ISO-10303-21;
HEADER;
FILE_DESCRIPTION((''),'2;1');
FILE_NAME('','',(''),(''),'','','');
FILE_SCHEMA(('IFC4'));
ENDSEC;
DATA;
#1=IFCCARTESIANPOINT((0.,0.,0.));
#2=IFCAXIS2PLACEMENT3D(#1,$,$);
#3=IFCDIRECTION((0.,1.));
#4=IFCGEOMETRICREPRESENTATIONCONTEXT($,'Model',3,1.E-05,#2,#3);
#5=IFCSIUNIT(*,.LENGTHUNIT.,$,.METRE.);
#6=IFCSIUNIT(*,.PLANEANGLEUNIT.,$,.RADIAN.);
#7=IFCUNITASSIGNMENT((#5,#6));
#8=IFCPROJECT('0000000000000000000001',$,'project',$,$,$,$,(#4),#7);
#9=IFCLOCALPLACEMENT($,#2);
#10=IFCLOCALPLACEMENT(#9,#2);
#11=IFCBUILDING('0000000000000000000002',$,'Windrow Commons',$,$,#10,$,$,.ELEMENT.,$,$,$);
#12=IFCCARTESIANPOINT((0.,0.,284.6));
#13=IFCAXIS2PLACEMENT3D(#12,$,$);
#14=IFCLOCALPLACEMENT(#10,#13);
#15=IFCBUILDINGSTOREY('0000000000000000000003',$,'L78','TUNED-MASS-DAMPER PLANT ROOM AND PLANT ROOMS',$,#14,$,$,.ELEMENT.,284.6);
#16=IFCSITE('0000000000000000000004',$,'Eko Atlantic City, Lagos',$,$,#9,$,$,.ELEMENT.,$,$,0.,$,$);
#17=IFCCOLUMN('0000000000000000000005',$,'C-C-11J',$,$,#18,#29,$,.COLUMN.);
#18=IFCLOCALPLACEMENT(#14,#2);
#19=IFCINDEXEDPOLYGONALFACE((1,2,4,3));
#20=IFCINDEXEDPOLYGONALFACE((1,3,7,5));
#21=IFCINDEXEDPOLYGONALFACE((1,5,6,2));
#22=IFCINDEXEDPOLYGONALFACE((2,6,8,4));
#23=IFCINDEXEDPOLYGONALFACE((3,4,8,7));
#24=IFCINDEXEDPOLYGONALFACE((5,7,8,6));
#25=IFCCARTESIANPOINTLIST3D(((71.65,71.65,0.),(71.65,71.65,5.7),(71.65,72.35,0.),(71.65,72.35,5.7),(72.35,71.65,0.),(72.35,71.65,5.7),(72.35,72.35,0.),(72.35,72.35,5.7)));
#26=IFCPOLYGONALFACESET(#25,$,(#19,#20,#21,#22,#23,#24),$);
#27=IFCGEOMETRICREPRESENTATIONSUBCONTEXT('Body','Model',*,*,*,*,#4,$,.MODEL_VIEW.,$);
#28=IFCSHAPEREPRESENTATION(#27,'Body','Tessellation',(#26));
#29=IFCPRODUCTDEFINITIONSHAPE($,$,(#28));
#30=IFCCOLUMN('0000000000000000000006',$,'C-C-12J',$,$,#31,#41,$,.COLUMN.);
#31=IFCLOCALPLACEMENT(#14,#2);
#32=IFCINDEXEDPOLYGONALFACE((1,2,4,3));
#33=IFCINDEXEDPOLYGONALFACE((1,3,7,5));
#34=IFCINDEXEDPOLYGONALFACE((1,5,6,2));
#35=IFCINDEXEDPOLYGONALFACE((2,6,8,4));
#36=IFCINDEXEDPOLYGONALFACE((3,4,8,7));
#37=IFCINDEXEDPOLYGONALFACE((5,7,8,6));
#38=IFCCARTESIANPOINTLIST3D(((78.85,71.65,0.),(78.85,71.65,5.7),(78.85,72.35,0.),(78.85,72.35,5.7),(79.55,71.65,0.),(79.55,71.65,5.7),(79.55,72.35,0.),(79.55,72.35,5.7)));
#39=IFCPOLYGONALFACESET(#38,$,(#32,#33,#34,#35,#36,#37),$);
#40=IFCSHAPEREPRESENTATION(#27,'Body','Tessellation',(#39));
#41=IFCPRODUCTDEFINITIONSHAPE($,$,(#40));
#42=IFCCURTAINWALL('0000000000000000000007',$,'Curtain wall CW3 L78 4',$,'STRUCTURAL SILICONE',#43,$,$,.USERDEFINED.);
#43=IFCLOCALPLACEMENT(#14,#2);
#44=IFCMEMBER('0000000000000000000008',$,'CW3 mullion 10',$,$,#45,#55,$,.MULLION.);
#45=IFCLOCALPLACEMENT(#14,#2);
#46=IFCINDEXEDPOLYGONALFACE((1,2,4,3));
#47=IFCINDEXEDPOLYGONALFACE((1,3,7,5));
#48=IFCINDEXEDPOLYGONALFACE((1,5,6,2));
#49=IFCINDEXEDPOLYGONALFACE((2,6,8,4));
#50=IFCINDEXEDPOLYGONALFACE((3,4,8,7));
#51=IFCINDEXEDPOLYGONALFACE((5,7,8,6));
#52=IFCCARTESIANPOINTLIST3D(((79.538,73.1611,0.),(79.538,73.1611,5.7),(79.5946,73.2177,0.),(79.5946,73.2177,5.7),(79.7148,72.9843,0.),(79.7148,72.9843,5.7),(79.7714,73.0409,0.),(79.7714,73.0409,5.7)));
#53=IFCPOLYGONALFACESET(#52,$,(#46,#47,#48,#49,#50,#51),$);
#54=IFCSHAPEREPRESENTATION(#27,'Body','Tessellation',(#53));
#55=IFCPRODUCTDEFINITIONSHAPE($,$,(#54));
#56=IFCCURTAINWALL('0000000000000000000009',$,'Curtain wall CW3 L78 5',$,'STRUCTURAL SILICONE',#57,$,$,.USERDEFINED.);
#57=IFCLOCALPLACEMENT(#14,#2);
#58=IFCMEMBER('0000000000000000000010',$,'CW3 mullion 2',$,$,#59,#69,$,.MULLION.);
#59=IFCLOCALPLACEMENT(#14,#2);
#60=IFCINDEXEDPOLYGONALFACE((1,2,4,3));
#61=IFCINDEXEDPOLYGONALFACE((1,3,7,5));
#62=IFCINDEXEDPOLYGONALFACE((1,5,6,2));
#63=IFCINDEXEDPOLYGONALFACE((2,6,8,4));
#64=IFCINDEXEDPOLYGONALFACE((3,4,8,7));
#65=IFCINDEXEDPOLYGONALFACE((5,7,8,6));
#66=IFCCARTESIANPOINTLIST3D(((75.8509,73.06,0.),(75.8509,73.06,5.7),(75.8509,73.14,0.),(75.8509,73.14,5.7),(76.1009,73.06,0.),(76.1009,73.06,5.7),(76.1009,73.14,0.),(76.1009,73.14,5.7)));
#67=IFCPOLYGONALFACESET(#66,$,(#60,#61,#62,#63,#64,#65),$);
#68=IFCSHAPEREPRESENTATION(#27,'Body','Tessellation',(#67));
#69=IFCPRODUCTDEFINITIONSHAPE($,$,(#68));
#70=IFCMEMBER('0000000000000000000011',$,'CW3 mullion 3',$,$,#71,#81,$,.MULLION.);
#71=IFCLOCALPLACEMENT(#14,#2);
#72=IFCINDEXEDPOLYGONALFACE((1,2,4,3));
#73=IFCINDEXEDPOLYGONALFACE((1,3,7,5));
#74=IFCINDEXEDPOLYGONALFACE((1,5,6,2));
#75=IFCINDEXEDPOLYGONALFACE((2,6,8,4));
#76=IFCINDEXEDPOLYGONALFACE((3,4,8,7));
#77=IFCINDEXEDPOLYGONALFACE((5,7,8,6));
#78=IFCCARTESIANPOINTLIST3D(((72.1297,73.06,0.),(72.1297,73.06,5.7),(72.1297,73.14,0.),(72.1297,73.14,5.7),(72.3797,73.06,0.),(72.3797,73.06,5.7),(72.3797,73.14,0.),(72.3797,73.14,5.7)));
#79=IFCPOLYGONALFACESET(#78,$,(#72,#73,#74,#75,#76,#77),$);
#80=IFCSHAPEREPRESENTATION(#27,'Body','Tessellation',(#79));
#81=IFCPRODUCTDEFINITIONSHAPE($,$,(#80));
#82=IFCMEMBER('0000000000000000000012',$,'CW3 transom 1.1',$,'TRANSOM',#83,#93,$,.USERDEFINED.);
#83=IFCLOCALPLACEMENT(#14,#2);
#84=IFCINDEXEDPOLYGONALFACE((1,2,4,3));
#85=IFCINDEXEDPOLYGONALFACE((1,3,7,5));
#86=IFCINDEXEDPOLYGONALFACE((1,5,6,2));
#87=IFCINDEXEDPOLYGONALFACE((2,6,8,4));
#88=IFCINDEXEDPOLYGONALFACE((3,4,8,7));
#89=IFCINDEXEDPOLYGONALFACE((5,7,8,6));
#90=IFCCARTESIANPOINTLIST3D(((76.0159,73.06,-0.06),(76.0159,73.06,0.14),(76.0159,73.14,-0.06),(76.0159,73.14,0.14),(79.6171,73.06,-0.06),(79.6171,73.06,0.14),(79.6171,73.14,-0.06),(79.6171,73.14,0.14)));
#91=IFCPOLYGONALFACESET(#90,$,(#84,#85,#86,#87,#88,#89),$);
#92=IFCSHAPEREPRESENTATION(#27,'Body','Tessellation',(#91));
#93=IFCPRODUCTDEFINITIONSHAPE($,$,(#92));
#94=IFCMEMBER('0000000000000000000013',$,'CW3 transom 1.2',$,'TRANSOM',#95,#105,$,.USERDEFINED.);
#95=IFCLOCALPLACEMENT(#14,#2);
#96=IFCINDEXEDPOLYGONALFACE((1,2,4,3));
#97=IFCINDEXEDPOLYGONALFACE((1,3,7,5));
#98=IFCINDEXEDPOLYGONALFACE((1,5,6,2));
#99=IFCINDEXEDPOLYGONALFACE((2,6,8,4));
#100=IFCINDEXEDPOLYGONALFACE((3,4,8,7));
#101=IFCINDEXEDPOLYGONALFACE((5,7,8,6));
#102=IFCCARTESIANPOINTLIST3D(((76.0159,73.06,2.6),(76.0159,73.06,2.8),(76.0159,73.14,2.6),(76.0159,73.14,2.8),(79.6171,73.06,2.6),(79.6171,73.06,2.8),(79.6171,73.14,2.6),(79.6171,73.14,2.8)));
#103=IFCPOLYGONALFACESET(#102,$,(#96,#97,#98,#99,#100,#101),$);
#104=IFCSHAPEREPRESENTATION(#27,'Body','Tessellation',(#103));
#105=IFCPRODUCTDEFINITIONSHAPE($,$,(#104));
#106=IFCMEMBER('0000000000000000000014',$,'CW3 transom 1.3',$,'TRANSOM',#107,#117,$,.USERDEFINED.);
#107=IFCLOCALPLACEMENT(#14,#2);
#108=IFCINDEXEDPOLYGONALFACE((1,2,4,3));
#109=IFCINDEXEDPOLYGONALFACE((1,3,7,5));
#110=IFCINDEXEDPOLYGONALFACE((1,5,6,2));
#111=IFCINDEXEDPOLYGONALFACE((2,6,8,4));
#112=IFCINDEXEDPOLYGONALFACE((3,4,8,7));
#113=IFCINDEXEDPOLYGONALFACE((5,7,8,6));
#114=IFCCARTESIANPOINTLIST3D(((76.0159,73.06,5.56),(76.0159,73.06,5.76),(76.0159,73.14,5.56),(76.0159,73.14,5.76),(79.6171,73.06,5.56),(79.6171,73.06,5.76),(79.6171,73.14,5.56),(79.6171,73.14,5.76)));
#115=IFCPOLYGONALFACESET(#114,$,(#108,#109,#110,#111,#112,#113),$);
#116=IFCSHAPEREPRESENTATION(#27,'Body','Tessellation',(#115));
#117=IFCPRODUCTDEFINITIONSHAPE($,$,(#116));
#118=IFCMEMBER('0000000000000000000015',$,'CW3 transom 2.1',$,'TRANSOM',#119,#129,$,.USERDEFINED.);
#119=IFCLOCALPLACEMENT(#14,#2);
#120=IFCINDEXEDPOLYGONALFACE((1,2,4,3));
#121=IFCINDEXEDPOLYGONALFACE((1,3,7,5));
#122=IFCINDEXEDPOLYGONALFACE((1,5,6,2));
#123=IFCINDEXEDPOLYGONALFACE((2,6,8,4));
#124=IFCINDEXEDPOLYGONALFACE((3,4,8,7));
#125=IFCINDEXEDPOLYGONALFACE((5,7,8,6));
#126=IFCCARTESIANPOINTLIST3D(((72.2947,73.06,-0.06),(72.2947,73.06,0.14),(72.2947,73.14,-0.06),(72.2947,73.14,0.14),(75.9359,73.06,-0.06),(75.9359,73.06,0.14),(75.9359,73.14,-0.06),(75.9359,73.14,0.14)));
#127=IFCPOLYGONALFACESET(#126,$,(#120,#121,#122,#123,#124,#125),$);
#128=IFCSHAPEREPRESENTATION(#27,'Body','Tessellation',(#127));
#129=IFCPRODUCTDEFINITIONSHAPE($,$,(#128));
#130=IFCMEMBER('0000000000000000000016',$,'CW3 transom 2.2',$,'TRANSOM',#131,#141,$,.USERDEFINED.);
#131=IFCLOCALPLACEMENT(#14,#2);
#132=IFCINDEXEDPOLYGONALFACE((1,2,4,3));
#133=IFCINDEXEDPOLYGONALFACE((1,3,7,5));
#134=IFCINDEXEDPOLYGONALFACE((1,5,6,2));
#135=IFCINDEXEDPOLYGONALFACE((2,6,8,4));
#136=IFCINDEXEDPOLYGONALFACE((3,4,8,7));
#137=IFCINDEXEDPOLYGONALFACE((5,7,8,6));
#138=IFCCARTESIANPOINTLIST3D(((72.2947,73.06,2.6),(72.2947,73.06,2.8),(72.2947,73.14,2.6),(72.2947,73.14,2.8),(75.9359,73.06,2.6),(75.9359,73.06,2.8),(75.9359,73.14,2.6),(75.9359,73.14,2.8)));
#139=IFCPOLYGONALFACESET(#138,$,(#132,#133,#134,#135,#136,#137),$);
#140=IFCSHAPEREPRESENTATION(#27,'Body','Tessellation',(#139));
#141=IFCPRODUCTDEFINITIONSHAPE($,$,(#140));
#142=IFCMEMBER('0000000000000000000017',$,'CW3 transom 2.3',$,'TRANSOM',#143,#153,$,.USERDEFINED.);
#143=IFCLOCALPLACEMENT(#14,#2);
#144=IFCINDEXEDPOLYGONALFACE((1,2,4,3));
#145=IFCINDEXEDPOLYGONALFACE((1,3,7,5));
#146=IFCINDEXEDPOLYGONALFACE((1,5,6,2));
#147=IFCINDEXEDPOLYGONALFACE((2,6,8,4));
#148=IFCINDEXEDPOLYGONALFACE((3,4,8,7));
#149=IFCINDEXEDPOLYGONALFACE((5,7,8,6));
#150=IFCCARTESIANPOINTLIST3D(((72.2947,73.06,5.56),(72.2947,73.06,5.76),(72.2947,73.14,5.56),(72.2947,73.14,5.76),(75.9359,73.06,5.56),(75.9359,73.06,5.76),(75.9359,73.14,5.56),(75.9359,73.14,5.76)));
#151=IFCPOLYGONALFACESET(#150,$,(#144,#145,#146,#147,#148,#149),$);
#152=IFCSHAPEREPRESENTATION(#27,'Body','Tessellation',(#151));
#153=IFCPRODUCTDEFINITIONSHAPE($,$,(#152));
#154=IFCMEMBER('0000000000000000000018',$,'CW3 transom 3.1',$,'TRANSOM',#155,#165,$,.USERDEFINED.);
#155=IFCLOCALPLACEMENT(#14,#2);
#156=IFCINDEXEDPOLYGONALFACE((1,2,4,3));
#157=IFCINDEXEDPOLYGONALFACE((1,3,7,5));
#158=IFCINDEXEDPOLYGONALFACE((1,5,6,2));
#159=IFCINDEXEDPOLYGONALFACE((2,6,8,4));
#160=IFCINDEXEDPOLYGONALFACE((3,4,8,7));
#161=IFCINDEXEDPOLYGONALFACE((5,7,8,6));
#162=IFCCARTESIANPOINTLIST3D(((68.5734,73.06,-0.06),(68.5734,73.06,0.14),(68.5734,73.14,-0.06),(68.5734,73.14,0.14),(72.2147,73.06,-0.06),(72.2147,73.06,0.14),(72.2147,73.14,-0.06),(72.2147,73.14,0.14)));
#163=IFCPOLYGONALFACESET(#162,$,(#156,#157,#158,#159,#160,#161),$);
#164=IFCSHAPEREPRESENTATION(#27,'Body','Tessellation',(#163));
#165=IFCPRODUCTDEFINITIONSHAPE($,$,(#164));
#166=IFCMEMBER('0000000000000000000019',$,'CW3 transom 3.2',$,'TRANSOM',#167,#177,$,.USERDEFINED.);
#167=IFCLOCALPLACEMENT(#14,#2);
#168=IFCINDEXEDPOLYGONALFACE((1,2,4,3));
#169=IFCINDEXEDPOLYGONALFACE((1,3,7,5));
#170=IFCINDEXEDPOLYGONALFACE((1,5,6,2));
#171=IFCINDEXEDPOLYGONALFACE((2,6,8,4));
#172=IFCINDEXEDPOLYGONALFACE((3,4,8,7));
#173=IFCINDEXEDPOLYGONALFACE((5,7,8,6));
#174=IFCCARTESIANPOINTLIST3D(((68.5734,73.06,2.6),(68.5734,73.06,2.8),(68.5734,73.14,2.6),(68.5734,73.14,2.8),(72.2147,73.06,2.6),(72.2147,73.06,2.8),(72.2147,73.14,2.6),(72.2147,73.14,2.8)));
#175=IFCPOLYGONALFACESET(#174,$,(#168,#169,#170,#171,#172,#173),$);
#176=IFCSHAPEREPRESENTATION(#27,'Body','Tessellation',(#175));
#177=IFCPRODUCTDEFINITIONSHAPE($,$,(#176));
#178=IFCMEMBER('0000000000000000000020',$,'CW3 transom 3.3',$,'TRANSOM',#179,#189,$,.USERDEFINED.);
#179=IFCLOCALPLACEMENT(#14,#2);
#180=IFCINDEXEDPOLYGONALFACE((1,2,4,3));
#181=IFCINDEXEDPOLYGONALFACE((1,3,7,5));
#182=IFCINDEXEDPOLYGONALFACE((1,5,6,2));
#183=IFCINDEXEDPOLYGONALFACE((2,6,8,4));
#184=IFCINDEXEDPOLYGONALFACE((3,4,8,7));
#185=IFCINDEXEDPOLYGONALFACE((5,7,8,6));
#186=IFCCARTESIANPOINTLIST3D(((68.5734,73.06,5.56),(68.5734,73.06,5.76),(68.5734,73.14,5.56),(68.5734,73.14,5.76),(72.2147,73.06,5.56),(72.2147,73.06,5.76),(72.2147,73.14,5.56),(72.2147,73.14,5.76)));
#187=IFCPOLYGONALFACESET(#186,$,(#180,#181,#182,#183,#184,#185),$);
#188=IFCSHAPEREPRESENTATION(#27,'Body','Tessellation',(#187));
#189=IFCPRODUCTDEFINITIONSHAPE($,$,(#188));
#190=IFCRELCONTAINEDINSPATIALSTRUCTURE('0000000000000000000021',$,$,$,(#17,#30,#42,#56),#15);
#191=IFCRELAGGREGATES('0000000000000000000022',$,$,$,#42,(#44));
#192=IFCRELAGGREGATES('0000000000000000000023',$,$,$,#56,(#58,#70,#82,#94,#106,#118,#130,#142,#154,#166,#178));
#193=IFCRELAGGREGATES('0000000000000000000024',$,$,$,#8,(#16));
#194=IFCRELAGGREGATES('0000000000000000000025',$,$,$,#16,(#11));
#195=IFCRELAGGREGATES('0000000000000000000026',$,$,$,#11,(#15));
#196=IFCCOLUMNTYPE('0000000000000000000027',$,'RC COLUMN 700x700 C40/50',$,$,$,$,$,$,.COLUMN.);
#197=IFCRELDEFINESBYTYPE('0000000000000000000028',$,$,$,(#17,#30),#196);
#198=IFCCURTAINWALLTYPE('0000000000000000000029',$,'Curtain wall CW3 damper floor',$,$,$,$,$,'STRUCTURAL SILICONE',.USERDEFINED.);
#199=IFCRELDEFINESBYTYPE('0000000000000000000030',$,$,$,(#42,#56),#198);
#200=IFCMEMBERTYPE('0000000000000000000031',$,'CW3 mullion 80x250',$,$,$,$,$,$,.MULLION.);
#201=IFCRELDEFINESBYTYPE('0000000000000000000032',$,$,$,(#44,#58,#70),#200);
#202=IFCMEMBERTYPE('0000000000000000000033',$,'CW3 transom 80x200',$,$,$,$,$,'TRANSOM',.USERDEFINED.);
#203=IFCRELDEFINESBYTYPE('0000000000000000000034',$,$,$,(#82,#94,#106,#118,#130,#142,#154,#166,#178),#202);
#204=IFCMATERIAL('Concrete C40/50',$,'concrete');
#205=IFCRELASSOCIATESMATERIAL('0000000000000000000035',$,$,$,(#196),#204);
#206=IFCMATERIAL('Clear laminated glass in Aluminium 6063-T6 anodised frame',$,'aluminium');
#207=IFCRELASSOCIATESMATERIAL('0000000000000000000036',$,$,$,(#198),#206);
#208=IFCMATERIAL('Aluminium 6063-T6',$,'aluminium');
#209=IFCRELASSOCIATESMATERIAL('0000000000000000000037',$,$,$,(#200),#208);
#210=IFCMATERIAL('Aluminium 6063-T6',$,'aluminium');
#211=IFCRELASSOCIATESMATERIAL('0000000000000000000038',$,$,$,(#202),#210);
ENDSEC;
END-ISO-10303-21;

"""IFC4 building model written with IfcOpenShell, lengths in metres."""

from ifc_helpers import new_model, si_unit, direction, frame, origin, origin_2d, place, context, subcontext, project, spatial, rectangle, extrude, material, material_profile, profile_set, type_object, element, aggregate, save


model = new_model("IFC4")

# Units and contexts
model_context = context("Model", 3, precision=1e-05, world=origin(), true_north=direction((0.0, 1.0)))
body_context = subcontext(model_context, "Body", "Model", "MODEL_VIEW")
ifc_project = project(units=[si_unit("LENGTHUNIT", "METRE"), si_unit("PLANEANGLEUNIT", "RADIAN")], contexts=[model_context])

# Site, building, storey
site_placement = place(None, origin())
site = spatial("IfcSite", under=ifc_project, at=site_placement, Name="Eko Atlantic City, Lagos", CompositionType="ELEMENT", RefElevation=0.0)
building_placement = place(site_placement, origin())
building = spatial("IfcBuilding", under=site, at=building_placement, Name="Windrow Commons", CompositionType="ELEMENT")
storey_placement = place(building_placement, frame((0.0, 0.0, 284.6)))
storey = spatial("IfcBuildingStorey", under=building, at=storey_placement, Name="L78", Description="TUNED-MASS-DAMPER PLANT ROOM AND PLANT ROOMS", CompositionType="ELEMENT", Elevation=284.6)

# Columns
ifc_material_1 = material(Name="Concrete C40/50", Category="concrete")
ifc_material_profile_1 = material_profile(ifc_material_1, rectangle(XDim=0.7, YDim=0.7, at=origin_2d()))
ifc_profile_set_1 = profile_set([ifc_material_profile_1], Name="Concrete C40/50")
column_type = type_object("IfcColumnType", Name="RC COLUMN 700x700 C40/50", PredefinedType="COLUMN", material=ifc_profile_set_1)
for number, where, z_axis, x_axis, name in (
    (1, (72.0, 72.0, 0.0), (0.0, 0.0, 1.0), (1.0, 0.0, 0.0), "C-C-11J"),
    (2, (79.2, 72.0, 0.0), (0.0, 0.0, 1.0), (1.0, 0.0, 0.0), "C-C-12J"),
):
    element("IfcColumn", number, at=place(storey_placement, frame(where, z_axis=z_axis, x_axis=x_axis)), inside=storey, type_object=column_type, Name=name, PredefinedType="COLUMN", context=body_context, shape_type="SweptSolid", body=[
        extrude(rectangle(XDim=0.7, YDim=0.7, at=origin_2d()), origin(), (0.0, 0.0, 1.0), 5.7),
    ])

# Curtain wall, member
ifc_material_2 = material(Name="Clear laminated glass in Aluminium 6063-T6 anodised frame", Category="aluminium")
curtain_wall_type = type_object("IfcCurtainWallType", Name="Curtain wall CW3 damper floor", ElementType="STRUCTURAL SILICONE", PredefinedType="USERDEFINED", material=ifc_material_2)
placement = place(storey_placement, origin())
curtain_wall_1 = element("IfcCurtainWall", 3, at=placement, inside=storey, type_object=curtain_wall_type, Name="Curtain wall CW3 L78 4", ObjectType="STRUCTURAL SILICONE", PredefinedType="USERDEFINED")
ifc_material_3 = material(Name="Aluminium 6063-T6", Category="aluminium")
ifc_material_profile_2 = material_profile(ifc_material_3, rectangle(XDim=0.08, YDim=0.25, at=origin_2d()))
ifc_profile_set_2 = profile_set([ifc_material_profile_2], Name="Aluminium 6063-T6")
member_type_1 = type_object("IfcMemberType", Name="CW3 mullion 80x250", PredefinedType="MULLION", material=ifc_profile_set_2)
member_1_placement = place(storey_placement, frame((79.6547, 73.101, 0.0), z_axis=(0.0, 0.0, 1.0), x_axis=(-0.707107, -0.707107, 0.0)))
member_1 = element("IfcMember", 4, at=member_1_placement, type_object=member_type_1, Name="CW3 mullion 10", PredefinedType="MULLION", context=body_context, shape_type="SweptSolid", body=[
    extrude(rectangle(XDim=0.08, YDim=0.25, at=origin_2d()), origin(), (0.0, 0.0, 1.0), 5.7),
])
aggregate(curtain_wall_1, [member_1])

# Curtain wall, members
curtain_wall_2 = element("IfcCurtainWall", 5, at=placement, inside=storey, type_object=curtain_wall_type, Name="Curtain wall CW3 L78 5", ObjectType="STRUCTURAL SILICONE", PredefinedType="USERDEFINED")
member_2_placement = place(storey_placement, frame((75.9759, 73.1, 0.0), z_axis=(0.0, 0.0, 1.0), x_axis=(0.0, -1.0, 0.0)))
member_2 = element("IfcMember", 6, at=member_2_placement, type_object=member_type_1, Name="CW3 mullion 2", PredefinedType="MULLION", context=body_context, shape_type="SweptSolid", body=[
    extrude(rectangle(XDim=0.08, YDim=0.25, at=origin_2d()), origin(), (0.0, 0.0, 1.0), 5.7),
])
member_3_placement = place(storey_placement, frame((72.2547, 73.1, 0.0), z_axis=(0.0, 0.0, 1.0), x_axis=(0.0, -1.0, 0.0)))
member_3 = element("IfcMember", 7, at=member_3_placement, type_object=member_type_1, Name="CW3 mullion 3", PredefinedType="MULLION", context=body_context, shape_type="SweptSolid", body=[
    extrude(rectangle(XDim=0.08, YDim=0.25, at=origin_2d()), origin(), (0.0, 0.0, 1.0), 5.7),
])
ifc_material_4 = material(Name="Aluminium 6063-T6", Category="aluminium")
ifc_material_profile_3 = material_profile(ifc_material_4, rectangle(XDim=0.08, YDim=0.2, at=origin_2d()))
ifc_profile_set_3 = profile_set([ifc_material_profile_3], Name="Aluminium 6063-T6")
member_type_2 = type_object("IfcMemberType", Name="CW3 transom 80x200", ElementType="TRANSOM", PredefinedType="USERDEFINED", material=ifc_profile_set_3)
member_4_placement = place(storey_placement, frame((79.6171, 73.1, 0.04), z_axis=(-1.0, 0.0, 0.0), x_axis=(0.0, -1.0, 0.0)))
member_4 = element("IfcMember", 8, at=member_4_placement, type_object=member_type_2, Name="CW3 transom 1.1", ObjectType="TRANSOM", PredefinedType="USERDEFINED", context=body_context, shape_type="SweptSolid", body=[
    extrude(rectangle(XDim=0.08, YDim=0.2, at=origin_2d()), origin(), (0.0, 0.0, 1.0), 3.6012),
])
member_5_placement = place(storey_placement, frame((79.6171, 73.1, 2.7), z_axis=(-1.0, 0.0, 0.0), x_axis=(0.0, -1.0, 0.0)))
member_5 = element("IfcMember", 9, at=member_5_placement, type_object=member_type_2, Name="CW3 transom 1.2", ObjectType="TRANSOM", PredefinedType="USERDEFINED", context=body_context, shape_type="SweptSolid", body=[
    extrude(rectangle(XDim=0.08, YDim=0.2, at=origin_2d()), origin(), (0.0, 0.0, 1.0), 3.6012),
])
member_6_placement = place(storey_placement, frame((79.6171, 73.1, 5.66), z_axis=(-1.0, 0.0, 0.0), x_axis=(0.0, -1.0, 0.0)))
member_6 = element("IfcMember", 10, at=member_6_placement, type_object=member_type_2, Name="CW3 transom 1.3", ObjectType="TRANSOM", PredefinedType="USERDEFINED", context=body_context, shape_type="SweptSolid", body=[
    extrude(rectangle(XDim=0.08, YDim=0.2, at=origin_2d()), origin(), (0.0, 0.0, 1.0), 3.6012),
])
member_7_placement = place(storey_placement, frame((75.9359, 73.1, 0.04), z_axis=(-1.0, 0.0, 0.0), x_axis=(0.0, -1.0, 0.0)))
member_7 = element("IfcMember", 11, at=member_7_placement, type_object=member_type_2, Name="CW3 transom 2.1", ObjectType="TRANSOM", PredefinedType="USERDEFINED", context=body_context, shape_type="SweptSolid", body=[
    extrude(rectangle(XDim=0.08, YDim=0.2, at=origin_2d()), origin(), (0.0, 0.0, 1.0), 3.6412),
])
member_8_placement = place(storey_placement, frame((75.9359, 73.1, 2.7), z_axis=(-1.0, 0.0, 0.0), x_axis=(0.0, -1.0, 0.0)))
member_8 = element("IfcMember", 12, at=member_8_placement, type_object=member_type_2, Name="CW3 transom 2.2", ObjectType="TRANSOM", PredefinedType="USERDEFINED", context=body_context, shape_type="SweptSolid", body=[
    extrude(rectangle(XDim=0.08, YDim=0.2, at=origin_2d()), origin(), (0.0, 0.0, 1.0), 3.6412),
])
member_9_placement = place(storey_placement, frame((75.9359, 73.1, 5.66), z_axis=(-1.0, 0.0, 0.0), x_axis=(0.0, -1.0, 0.0)))
member_9 = element("IfcMember", 13, at=member_9_placement, type_object=member_type_2, Name="CW3 transom 2.3", ObjectType="TRANSOM", PredefinedType="USERDEFINED", context=body_context, shape_type="SweptSolid", body=[
    extrude(rectangle(XDim=0.08, YDim=0.2, at=origin_2d()), origin(), (0.0, 0.0, 1.0), 3.6412),
])
member_10_placement = place(storey_placement, frame((72.2147, 73.1, 0.04), z_axis=(-1.0, 0.0, 0.0), x_axis=(0.0, -1.0, 0.0)))
member_10 = element("IfcMember", 14, at=member_10_placement, type_object=member_type_2, Name="CW3 transom 3.1", ObjectType="TRANSOM", PredefinedType="USERDEFINED", context=body_context, shape_type="SweptSolid", body=[
    extrude(rectangle(XDim=0.08, YDim=0.2, at=origin_2d()), origin(), (0.0, 0.0, 1.0), 3.6413),
])
member_11_placement = place(storey_placement, frame((72.2147, 73.1, 2.7), z_axis=(-1.0, 0.0, 0.0), x_axis=(0.0, -1.0, 0.0)))
member_11 = element("IfcMember", 15, at=member_11_placement, type_object=member_type_2, Name="CW3 transom 3.2", ObjectType="TRANSOM", PredefinedType="USERDEFINED", context=body_context, shape_type="SweptSolid", body=[
    extrude(rectangle(XDim=0.08, YDim=0.2, at=origin_2d()), origin(), (0.0, 0.0, 1.0), 3.6413),
])
member_12_placement = place(storey_placement, frame((72.2147, 73.1, 5.66), z_axis=(-1.0, 0.0, 0.0), x_axis=(0.0, -1.0, 0.0)))
member_12 = element("IfcMember", 16, at=member_12_placement, type_object=member_type_2, Name="CW3 transom 3.3", ObjectType="TRANSOM", PredefinedType="USERDEFINED", context=body_context, shape_type="SweptSolid", body=[
    extrude(rectangle(XDim=0.08, YDim=0.2, at=origin_2d()), origin(), (0.0, 0.0, 1.0), 3.6413),
])

aggregate(curtain_wall_2, [member_2, member_3, member_4, member_5, member_6, member_7, member_8, member_9, member_10, member_11, member_12])

save(model, "model.ifc")
